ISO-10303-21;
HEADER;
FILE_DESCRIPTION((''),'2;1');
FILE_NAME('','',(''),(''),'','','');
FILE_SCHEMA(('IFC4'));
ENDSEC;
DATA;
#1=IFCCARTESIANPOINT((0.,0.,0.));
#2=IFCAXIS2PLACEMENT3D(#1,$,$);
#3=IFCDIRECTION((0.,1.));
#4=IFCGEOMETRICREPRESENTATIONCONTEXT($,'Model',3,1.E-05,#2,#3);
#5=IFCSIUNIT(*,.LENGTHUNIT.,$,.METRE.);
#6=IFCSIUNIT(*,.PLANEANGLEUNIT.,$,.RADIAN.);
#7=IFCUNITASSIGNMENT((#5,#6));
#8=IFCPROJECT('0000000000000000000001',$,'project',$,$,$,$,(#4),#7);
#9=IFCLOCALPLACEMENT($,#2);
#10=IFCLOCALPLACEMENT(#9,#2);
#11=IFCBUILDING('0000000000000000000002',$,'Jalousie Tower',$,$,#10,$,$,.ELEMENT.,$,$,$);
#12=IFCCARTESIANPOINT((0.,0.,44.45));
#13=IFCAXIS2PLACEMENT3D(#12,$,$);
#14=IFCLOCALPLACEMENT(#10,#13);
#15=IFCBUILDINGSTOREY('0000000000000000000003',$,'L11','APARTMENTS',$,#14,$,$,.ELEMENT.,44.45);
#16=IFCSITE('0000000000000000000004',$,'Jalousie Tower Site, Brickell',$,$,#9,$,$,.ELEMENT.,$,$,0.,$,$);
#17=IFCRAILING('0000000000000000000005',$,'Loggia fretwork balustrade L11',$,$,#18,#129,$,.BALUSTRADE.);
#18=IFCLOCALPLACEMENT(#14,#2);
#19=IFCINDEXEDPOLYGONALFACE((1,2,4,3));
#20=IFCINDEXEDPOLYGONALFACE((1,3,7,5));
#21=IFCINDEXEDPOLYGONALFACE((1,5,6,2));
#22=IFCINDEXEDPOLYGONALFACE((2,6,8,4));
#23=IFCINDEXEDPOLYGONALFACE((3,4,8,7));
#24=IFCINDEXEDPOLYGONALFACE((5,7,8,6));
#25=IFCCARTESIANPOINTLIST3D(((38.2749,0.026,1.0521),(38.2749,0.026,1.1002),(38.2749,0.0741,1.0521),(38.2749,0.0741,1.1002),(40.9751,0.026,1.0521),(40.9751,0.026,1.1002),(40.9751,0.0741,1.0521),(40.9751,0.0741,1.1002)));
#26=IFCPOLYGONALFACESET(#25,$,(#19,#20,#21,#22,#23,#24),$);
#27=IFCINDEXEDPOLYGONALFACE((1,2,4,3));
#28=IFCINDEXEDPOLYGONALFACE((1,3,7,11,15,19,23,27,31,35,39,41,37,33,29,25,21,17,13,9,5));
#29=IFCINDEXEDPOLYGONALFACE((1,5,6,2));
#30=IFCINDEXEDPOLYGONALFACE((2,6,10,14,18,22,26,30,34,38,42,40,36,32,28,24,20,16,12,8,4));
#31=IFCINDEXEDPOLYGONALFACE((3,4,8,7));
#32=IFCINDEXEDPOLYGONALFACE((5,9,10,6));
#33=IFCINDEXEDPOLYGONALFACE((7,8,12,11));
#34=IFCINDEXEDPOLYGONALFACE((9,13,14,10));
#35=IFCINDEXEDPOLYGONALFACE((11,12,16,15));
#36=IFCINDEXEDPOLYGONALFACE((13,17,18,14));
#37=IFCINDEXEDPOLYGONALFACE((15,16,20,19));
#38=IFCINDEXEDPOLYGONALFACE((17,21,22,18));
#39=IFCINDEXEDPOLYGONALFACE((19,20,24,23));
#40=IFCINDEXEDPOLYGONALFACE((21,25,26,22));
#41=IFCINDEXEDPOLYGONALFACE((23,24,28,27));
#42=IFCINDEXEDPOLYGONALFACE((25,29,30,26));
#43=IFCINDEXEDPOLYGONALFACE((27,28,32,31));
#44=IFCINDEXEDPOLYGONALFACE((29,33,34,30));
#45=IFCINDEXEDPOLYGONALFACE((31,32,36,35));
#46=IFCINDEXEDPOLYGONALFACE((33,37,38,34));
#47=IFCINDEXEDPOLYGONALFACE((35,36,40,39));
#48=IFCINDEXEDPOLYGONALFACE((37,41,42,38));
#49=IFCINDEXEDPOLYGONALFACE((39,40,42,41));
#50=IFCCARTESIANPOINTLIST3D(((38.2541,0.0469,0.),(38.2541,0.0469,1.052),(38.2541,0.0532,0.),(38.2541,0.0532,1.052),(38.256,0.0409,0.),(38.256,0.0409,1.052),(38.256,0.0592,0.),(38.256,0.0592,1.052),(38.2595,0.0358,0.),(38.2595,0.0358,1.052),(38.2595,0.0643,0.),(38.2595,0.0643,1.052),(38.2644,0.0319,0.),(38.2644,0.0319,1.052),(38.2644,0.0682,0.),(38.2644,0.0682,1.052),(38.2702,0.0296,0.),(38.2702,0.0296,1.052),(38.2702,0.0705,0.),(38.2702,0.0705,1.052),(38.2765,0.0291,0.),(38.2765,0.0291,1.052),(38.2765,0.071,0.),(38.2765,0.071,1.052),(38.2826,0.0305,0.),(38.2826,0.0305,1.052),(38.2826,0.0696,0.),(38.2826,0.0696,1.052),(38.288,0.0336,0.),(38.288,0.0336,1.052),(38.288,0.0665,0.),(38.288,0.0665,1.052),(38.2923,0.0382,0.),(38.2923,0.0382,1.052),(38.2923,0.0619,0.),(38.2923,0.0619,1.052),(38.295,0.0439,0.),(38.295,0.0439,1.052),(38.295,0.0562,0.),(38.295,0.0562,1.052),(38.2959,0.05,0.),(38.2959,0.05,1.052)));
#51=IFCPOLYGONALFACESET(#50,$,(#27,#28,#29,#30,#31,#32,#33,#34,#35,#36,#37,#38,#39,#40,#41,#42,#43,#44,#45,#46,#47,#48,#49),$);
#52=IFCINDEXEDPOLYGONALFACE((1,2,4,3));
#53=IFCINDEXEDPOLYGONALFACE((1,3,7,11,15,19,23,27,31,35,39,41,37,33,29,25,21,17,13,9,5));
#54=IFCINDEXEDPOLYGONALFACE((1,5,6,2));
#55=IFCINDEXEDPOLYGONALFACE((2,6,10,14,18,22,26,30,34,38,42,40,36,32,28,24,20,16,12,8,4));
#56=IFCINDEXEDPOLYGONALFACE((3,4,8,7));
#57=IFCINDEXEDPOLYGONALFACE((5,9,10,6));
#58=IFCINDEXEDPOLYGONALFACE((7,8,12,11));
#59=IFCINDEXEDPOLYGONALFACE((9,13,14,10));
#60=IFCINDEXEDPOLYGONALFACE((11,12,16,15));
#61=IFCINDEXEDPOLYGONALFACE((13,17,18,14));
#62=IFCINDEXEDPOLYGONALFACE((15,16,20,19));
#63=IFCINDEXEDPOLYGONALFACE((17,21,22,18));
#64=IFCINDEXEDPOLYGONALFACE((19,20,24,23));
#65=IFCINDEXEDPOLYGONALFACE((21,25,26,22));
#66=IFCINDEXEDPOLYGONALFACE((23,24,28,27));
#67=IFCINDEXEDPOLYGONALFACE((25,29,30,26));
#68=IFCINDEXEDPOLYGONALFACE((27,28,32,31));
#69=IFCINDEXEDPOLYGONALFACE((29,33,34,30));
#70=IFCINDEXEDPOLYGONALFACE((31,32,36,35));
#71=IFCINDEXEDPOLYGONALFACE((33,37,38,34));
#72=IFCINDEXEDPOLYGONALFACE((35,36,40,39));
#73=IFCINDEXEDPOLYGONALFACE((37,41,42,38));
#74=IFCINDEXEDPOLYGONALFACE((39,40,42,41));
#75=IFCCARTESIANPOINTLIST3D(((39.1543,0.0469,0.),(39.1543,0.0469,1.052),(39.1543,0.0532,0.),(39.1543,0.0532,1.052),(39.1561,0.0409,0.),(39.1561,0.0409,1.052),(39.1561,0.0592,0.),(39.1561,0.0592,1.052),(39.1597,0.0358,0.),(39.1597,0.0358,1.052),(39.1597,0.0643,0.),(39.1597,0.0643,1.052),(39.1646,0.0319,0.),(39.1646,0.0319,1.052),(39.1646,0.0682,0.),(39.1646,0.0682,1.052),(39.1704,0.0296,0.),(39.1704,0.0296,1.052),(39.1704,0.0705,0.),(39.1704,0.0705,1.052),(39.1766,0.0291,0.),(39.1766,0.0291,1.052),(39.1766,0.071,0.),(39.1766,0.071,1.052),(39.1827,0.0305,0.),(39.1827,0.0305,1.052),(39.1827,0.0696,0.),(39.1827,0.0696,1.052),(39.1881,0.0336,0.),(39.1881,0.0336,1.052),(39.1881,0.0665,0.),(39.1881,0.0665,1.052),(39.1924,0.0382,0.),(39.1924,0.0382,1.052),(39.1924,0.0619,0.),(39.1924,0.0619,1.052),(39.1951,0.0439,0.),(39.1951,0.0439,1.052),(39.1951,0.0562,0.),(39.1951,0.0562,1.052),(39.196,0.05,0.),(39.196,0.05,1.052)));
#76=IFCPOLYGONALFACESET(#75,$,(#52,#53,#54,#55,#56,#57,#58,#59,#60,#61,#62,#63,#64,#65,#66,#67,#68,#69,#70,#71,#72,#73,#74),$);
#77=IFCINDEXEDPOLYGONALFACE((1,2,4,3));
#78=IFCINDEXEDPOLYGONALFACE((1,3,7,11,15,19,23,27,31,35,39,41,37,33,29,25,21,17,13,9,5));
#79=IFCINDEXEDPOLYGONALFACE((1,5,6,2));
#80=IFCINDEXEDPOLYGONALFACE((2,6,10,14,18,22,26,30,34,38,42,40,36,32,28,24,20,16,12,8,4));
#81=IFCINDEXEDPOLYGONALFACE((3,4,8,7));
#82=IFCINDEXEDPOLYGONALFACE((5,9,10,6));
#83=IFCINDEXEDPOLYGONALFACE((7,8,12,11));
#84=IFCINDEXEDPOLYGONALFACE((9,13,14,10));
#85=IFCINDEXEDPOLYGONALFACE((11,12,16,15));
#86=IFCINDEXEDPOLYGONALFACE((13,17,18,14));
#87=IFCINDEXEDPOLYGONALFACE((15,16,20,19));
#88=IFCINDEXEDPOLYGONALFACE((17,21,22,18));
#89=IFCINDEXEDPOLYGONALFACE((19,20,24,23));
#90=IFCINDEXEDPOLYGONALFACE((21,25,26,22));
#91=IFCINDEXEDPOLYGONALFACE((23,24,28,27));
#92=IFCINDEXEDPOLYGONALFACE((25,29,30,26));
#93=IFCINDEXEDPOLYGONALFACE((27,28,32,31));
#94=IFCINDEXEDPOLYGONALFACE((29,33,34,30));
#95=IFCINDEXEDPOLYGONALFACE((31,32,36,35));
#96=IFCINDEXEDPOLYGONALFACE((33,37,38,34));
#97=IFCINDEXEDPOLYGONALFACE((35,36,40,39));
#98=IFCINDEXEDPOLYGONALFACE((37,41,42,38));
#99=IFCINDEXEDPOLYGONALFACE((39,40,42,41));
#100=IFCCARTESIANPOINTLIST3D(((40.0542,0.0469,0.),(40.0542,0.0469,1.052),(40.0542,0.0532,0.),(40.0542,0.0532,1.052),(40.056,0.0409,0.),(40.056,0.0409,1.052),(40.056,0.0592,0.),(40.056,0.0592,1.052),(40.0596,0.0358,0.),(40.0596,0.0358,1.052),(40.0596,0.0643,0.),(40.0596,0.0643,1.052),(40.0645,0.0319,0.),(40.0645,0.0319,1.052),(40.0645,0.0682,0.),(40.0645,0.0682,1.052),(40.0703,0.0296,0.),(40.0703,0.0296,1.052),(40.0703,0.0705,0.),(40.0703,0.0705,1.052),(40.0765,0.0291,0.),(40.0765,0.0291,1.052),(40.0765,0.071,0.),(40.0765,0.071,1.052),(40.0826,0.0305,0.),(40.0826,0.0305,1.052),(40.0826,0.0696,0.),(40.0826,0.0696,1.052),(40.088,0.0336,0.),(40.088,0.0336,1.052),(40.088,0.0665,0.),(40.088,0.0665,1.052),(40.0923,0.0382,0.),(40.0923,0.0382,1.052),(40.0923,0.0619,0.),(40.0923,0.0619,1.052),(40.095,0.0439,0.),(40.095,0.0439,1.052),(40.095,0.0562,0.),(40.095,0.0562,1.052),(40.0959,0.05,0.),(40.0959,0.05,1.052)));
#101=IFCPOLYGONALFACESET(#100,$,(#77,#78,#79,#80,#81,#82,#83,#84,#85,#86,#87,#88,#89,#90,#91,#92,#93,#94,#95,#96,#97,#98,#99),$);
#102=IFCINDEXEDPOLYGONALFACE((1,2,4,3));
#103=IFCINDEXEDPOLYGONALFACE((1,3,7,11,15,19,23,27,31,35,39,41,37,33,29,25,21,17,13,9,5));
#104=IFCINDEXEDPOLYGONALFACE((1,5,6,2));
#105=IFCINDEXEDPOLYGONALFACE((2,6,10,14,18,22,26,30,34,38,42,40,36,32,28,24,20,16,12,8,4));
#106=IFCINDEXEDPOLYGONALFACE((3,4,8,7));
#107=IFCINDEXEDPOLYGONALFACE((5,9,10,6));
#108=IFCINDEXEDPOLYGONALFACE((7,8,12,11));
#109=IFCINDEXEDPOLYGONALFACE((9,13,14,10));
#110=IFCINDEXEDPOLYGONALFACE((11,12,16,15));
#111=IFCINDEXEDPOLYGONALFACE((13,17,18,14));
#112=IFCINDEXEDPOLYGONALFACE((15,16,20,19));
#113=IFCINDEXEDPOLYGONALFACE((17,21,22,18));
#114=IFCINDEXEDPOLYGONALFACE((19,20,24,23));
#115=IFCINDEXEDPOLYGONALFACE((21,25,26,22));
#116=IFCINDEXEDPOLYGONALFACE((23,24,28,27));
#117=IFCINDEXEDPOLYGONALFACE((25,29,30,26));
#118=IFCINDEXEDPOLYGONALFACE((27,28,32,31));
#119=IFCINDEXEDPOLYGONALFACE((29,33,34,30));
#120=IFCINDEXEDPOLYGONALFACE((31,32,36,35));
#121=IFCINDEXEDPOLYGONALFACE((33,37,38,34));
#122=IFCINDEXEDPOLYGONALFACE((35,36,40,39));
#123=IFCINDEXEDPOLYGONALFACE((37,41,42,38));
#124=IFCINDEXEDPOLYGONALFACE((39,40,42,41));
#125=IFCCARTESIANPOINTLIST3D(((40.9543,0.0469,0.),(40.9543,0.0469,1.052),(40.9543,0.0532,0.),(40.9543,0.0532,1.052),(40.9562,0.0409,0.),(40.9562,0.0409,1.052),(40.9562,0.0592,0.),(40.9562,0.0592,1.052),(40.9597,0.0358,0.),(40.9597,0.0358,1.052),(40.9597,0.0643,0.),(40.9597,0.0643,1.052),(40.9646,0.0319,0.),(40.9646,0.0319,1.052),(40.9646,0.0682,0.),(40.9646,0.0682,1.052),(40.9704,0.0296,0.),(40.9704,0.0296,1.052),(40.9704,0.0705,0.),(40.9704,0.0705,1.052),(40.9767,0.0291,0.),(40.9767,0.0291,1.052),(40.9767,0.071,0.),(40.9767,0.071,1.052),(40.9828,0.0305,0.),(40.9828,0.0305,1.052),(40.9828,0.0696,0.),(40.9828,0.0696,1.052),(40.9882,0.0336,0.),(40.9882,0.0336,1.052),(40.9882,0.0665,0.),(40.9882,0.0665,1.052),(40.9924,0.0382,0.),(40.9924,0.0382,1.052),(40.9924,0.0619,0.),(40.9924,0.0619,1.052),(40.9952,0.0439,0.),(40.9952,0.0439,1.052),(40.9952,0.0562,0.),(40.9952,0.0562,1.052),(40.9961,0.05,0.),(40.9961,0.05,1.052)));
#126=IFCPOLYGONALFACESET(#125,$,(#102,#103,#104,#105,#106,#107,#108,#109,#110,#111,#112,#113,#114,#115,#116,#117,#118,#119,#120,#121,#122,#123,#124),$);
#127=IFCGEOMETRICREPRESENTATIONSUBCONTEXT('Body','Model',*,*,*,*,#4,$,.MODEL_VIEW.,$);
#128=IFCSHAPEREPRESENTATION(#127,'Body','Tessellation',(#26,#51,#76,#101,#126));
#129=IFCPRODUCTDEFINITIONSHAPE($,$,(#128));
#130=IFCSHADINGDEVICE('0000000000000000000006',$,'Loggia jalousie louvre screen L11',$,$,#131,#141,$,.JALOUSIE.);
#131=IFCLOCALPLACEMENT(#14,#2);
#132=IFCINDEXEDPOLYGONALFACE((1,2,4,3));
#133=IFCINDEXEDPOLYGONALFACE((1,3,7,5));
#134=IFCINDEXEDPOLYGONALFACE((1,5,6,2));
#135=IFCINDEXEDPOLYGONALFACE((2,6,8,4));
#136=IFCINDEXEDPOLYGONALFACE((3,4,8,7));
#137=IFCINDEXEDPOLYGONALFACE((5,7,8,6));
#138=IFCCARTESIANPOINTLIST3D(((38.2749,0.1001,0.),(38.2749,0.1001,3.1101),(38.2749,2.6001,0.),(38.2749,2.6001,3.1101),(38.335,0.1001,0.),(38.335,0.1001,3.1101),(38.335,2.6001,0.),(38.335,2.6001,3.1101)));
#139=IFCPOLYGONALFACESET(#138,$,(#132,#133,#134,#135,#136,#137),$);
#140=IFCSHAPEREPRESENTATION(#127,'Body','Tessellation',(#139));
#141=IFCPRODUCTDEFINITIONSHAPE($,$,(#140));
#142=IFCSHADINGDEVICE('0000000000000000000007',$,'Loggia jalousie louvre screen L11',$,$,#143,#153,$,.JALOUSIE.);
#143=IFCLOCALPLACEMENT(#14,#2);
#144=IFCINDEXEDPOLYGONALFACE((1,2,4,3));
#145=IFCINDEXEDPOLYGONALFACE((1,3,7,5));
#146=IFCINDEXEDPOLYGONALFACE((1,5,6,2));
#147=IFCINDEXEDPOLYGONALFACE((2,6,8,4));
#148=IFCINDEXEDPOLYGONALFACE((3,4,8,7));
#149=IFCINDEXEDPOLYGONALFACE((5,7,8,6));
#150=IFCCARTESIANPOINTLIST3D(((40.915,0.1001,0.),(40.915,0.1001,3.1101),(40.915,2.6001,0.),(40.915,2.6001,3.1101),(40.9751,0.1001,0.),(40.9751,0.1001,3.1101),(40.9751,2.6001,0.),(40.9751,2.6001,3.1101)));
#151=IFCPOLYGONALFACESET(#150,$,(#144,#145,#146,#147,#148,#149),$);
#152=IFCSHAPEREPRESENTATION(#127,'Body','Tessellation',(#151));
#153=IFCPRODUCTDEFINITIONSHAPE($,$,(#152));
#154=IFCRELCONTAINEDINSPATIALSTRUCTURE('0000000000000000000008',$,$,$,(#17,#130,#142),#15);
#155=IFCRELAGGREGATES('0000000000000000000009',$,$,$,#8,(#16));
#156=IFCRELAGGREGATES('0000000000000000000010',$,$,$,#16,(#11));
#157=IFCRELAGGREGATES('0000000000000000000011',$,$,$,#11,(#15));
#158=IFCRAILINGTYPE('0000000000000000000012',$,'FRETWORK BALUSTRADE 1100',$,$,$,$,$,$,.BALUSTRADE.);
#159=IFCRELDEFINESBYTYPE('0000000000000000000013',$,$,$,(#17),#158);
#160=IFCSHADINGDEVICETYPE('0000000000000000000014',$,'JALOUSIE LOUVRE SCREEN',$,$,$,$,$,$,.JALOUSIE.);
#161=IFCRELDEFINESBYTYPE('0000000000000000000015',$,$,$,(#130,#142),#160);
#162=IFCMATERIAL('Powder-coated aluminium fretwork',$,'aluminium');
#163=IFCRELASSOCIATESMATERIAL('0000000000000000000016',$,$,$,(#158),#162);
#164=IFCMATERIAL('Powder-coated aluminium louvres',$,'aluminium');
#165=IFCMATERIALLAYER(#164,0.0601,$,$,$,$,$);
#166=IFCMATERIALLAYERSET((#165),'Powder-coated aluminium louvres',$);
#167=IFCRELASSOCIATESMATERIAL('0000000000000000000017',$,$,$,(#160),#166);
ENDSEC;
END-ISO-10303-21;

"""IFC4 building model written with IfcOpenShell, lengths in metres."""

from ifc_helpers import new_model, si_unit, direction, frame, origin, origin_2d, place, context, subcontext, project, spatial, rectangle, circle, extrude, material, layer, layer_set, type_object, element, save


model = new_model("IFC4")

# Units and contexts
model_context = context("Model", 3, precision=1e-05, world=origin(), true_north=direction((0.0, 1.0)))
body_context = subcontext(model_context, "Body", "Model", "MODEL_VIEW")
ifc_project = project(units=[si_unit("LENGTHUNIT", "METRE"), si_unit("PLANEANGLEUNIT", "RADIAN")], contexts=[model_context])

# Site, building, storey
site_placement = place(None, origin())
site = spatial("IfcSite", under=ifc_project, at=site_placement, Name="Jalousie Tower Site, Brickell", CompositionType="ELEMENT", RefElevation=0.0)
building_placement = place(site_placement, origin())
building = spatial("IfcBuilding", under=site, at=building_placement, Name="Jalousie Tower", CompositionType="ELEMENT")
storey_placement = place(building_placement, frame((0.0, 0.0, 44.45)))
storey = spatial("IfcBuildingStorey", under=building, at=storey_placement, Name="L11", Description="APARTMENTS", CompositionType="ELEMENT", Elevation=44.45)

# Railing
ifc_material_1 = material(Name="Powder-coated aluminium fretwork", Category="aluminium")
railing_type = type_object("IfcRailingType", Name="FRETWORK BALUSTRADE 1100", PredefinedType="BALUSTRADE", material=ifc_material_1)
railing_placement = place(storey_placement, frame((38.2749, 0.05, 0.0)))
element("IfcRailing", 1, at=railing_placement, inside=storey, type_object=railing_type, Name="Loggia fretwork balustrade L11", PredefinedType="BALUSTRADE", context=body_context, shape_type="SweptSolid", body=[
    extrude(rectangle(XDim=0.0481, YDim=0.0481, at=origin_2d()), frame((0.0, 0.0, 1.0762), z_axis=(1.0, 0.0, 0.0), x_axis=(0.0, 1.0, 0.0)), (0.0, 0.0, 1.0), 2.7002),
    extrude(circle(Radius=0.021, at=origin_2d()), origin(), (0.0, 0.0, 1.0), 1.052),
    extrude(circle(Radius=0.021, at=origin_2d()), frame((0.9001, 0.0, 0.0)), (0.0, 0.0, 1.0), 1.052),
    extrude(circle(Radius=0.021, at=origin_2d()), frame((1.8, 0.0, 0.0)), (0.0, 0.0, 1.0), 1.052),
    extrude(circle(Radius=0.021, at=origin_2d()), frame((2.7002, 0.0, 0.0)), (0.0, 0.0, 1.0), 1.052),
])

# Shading devices
ifc_material_2 = material(Name="Powder-coated aluminium louvres", Category="aluminium")
ifc_layer_1 = layer(ifc_material_2, 0.0601)
ifc_layer_set_1 = layer_set([ifc_layer_1], Name="Powder-coated aluminium louvres")
shading_device_type_1 = type_object("IfcShadingDeviceType", Name="JALOUSIE LOUVRE SCREEN", PredefinedType="JALOUSIE", material=ifc_layer_set_1)
for number, where, z_axis, x_axis, name in (
    (2, (38.3049, 1.3501, 0.0), (0.0, 0.0, 1.0), (1.0, 0.0, 0.0), "Loggia jalousie louvre screen L11"),
    (3, (40.9451, 1.3501, 0.0), (0.0, 0.0, 1.0), (1.0, 0.0, 0.0), "Loggia jalousie louvre screen L11"),
):
    element("IfcShadingDevice", number, at=place(storey_placement, frame(where, z_axis=z_axis, x_axis=x_axis)), inside=storey, type_object=shading_device_type_1, Name=name, PredefinedType="JALOUSIE", context=body_context, shape_type="SweptSolid", body=[
        extrude(rectangle(XDim=0.0601, YDim=2.5, at=origin_2d()), origin(), (0.0, 0.0, 1.0), 3.1101),
    ])

save(model, "model.ifc")
